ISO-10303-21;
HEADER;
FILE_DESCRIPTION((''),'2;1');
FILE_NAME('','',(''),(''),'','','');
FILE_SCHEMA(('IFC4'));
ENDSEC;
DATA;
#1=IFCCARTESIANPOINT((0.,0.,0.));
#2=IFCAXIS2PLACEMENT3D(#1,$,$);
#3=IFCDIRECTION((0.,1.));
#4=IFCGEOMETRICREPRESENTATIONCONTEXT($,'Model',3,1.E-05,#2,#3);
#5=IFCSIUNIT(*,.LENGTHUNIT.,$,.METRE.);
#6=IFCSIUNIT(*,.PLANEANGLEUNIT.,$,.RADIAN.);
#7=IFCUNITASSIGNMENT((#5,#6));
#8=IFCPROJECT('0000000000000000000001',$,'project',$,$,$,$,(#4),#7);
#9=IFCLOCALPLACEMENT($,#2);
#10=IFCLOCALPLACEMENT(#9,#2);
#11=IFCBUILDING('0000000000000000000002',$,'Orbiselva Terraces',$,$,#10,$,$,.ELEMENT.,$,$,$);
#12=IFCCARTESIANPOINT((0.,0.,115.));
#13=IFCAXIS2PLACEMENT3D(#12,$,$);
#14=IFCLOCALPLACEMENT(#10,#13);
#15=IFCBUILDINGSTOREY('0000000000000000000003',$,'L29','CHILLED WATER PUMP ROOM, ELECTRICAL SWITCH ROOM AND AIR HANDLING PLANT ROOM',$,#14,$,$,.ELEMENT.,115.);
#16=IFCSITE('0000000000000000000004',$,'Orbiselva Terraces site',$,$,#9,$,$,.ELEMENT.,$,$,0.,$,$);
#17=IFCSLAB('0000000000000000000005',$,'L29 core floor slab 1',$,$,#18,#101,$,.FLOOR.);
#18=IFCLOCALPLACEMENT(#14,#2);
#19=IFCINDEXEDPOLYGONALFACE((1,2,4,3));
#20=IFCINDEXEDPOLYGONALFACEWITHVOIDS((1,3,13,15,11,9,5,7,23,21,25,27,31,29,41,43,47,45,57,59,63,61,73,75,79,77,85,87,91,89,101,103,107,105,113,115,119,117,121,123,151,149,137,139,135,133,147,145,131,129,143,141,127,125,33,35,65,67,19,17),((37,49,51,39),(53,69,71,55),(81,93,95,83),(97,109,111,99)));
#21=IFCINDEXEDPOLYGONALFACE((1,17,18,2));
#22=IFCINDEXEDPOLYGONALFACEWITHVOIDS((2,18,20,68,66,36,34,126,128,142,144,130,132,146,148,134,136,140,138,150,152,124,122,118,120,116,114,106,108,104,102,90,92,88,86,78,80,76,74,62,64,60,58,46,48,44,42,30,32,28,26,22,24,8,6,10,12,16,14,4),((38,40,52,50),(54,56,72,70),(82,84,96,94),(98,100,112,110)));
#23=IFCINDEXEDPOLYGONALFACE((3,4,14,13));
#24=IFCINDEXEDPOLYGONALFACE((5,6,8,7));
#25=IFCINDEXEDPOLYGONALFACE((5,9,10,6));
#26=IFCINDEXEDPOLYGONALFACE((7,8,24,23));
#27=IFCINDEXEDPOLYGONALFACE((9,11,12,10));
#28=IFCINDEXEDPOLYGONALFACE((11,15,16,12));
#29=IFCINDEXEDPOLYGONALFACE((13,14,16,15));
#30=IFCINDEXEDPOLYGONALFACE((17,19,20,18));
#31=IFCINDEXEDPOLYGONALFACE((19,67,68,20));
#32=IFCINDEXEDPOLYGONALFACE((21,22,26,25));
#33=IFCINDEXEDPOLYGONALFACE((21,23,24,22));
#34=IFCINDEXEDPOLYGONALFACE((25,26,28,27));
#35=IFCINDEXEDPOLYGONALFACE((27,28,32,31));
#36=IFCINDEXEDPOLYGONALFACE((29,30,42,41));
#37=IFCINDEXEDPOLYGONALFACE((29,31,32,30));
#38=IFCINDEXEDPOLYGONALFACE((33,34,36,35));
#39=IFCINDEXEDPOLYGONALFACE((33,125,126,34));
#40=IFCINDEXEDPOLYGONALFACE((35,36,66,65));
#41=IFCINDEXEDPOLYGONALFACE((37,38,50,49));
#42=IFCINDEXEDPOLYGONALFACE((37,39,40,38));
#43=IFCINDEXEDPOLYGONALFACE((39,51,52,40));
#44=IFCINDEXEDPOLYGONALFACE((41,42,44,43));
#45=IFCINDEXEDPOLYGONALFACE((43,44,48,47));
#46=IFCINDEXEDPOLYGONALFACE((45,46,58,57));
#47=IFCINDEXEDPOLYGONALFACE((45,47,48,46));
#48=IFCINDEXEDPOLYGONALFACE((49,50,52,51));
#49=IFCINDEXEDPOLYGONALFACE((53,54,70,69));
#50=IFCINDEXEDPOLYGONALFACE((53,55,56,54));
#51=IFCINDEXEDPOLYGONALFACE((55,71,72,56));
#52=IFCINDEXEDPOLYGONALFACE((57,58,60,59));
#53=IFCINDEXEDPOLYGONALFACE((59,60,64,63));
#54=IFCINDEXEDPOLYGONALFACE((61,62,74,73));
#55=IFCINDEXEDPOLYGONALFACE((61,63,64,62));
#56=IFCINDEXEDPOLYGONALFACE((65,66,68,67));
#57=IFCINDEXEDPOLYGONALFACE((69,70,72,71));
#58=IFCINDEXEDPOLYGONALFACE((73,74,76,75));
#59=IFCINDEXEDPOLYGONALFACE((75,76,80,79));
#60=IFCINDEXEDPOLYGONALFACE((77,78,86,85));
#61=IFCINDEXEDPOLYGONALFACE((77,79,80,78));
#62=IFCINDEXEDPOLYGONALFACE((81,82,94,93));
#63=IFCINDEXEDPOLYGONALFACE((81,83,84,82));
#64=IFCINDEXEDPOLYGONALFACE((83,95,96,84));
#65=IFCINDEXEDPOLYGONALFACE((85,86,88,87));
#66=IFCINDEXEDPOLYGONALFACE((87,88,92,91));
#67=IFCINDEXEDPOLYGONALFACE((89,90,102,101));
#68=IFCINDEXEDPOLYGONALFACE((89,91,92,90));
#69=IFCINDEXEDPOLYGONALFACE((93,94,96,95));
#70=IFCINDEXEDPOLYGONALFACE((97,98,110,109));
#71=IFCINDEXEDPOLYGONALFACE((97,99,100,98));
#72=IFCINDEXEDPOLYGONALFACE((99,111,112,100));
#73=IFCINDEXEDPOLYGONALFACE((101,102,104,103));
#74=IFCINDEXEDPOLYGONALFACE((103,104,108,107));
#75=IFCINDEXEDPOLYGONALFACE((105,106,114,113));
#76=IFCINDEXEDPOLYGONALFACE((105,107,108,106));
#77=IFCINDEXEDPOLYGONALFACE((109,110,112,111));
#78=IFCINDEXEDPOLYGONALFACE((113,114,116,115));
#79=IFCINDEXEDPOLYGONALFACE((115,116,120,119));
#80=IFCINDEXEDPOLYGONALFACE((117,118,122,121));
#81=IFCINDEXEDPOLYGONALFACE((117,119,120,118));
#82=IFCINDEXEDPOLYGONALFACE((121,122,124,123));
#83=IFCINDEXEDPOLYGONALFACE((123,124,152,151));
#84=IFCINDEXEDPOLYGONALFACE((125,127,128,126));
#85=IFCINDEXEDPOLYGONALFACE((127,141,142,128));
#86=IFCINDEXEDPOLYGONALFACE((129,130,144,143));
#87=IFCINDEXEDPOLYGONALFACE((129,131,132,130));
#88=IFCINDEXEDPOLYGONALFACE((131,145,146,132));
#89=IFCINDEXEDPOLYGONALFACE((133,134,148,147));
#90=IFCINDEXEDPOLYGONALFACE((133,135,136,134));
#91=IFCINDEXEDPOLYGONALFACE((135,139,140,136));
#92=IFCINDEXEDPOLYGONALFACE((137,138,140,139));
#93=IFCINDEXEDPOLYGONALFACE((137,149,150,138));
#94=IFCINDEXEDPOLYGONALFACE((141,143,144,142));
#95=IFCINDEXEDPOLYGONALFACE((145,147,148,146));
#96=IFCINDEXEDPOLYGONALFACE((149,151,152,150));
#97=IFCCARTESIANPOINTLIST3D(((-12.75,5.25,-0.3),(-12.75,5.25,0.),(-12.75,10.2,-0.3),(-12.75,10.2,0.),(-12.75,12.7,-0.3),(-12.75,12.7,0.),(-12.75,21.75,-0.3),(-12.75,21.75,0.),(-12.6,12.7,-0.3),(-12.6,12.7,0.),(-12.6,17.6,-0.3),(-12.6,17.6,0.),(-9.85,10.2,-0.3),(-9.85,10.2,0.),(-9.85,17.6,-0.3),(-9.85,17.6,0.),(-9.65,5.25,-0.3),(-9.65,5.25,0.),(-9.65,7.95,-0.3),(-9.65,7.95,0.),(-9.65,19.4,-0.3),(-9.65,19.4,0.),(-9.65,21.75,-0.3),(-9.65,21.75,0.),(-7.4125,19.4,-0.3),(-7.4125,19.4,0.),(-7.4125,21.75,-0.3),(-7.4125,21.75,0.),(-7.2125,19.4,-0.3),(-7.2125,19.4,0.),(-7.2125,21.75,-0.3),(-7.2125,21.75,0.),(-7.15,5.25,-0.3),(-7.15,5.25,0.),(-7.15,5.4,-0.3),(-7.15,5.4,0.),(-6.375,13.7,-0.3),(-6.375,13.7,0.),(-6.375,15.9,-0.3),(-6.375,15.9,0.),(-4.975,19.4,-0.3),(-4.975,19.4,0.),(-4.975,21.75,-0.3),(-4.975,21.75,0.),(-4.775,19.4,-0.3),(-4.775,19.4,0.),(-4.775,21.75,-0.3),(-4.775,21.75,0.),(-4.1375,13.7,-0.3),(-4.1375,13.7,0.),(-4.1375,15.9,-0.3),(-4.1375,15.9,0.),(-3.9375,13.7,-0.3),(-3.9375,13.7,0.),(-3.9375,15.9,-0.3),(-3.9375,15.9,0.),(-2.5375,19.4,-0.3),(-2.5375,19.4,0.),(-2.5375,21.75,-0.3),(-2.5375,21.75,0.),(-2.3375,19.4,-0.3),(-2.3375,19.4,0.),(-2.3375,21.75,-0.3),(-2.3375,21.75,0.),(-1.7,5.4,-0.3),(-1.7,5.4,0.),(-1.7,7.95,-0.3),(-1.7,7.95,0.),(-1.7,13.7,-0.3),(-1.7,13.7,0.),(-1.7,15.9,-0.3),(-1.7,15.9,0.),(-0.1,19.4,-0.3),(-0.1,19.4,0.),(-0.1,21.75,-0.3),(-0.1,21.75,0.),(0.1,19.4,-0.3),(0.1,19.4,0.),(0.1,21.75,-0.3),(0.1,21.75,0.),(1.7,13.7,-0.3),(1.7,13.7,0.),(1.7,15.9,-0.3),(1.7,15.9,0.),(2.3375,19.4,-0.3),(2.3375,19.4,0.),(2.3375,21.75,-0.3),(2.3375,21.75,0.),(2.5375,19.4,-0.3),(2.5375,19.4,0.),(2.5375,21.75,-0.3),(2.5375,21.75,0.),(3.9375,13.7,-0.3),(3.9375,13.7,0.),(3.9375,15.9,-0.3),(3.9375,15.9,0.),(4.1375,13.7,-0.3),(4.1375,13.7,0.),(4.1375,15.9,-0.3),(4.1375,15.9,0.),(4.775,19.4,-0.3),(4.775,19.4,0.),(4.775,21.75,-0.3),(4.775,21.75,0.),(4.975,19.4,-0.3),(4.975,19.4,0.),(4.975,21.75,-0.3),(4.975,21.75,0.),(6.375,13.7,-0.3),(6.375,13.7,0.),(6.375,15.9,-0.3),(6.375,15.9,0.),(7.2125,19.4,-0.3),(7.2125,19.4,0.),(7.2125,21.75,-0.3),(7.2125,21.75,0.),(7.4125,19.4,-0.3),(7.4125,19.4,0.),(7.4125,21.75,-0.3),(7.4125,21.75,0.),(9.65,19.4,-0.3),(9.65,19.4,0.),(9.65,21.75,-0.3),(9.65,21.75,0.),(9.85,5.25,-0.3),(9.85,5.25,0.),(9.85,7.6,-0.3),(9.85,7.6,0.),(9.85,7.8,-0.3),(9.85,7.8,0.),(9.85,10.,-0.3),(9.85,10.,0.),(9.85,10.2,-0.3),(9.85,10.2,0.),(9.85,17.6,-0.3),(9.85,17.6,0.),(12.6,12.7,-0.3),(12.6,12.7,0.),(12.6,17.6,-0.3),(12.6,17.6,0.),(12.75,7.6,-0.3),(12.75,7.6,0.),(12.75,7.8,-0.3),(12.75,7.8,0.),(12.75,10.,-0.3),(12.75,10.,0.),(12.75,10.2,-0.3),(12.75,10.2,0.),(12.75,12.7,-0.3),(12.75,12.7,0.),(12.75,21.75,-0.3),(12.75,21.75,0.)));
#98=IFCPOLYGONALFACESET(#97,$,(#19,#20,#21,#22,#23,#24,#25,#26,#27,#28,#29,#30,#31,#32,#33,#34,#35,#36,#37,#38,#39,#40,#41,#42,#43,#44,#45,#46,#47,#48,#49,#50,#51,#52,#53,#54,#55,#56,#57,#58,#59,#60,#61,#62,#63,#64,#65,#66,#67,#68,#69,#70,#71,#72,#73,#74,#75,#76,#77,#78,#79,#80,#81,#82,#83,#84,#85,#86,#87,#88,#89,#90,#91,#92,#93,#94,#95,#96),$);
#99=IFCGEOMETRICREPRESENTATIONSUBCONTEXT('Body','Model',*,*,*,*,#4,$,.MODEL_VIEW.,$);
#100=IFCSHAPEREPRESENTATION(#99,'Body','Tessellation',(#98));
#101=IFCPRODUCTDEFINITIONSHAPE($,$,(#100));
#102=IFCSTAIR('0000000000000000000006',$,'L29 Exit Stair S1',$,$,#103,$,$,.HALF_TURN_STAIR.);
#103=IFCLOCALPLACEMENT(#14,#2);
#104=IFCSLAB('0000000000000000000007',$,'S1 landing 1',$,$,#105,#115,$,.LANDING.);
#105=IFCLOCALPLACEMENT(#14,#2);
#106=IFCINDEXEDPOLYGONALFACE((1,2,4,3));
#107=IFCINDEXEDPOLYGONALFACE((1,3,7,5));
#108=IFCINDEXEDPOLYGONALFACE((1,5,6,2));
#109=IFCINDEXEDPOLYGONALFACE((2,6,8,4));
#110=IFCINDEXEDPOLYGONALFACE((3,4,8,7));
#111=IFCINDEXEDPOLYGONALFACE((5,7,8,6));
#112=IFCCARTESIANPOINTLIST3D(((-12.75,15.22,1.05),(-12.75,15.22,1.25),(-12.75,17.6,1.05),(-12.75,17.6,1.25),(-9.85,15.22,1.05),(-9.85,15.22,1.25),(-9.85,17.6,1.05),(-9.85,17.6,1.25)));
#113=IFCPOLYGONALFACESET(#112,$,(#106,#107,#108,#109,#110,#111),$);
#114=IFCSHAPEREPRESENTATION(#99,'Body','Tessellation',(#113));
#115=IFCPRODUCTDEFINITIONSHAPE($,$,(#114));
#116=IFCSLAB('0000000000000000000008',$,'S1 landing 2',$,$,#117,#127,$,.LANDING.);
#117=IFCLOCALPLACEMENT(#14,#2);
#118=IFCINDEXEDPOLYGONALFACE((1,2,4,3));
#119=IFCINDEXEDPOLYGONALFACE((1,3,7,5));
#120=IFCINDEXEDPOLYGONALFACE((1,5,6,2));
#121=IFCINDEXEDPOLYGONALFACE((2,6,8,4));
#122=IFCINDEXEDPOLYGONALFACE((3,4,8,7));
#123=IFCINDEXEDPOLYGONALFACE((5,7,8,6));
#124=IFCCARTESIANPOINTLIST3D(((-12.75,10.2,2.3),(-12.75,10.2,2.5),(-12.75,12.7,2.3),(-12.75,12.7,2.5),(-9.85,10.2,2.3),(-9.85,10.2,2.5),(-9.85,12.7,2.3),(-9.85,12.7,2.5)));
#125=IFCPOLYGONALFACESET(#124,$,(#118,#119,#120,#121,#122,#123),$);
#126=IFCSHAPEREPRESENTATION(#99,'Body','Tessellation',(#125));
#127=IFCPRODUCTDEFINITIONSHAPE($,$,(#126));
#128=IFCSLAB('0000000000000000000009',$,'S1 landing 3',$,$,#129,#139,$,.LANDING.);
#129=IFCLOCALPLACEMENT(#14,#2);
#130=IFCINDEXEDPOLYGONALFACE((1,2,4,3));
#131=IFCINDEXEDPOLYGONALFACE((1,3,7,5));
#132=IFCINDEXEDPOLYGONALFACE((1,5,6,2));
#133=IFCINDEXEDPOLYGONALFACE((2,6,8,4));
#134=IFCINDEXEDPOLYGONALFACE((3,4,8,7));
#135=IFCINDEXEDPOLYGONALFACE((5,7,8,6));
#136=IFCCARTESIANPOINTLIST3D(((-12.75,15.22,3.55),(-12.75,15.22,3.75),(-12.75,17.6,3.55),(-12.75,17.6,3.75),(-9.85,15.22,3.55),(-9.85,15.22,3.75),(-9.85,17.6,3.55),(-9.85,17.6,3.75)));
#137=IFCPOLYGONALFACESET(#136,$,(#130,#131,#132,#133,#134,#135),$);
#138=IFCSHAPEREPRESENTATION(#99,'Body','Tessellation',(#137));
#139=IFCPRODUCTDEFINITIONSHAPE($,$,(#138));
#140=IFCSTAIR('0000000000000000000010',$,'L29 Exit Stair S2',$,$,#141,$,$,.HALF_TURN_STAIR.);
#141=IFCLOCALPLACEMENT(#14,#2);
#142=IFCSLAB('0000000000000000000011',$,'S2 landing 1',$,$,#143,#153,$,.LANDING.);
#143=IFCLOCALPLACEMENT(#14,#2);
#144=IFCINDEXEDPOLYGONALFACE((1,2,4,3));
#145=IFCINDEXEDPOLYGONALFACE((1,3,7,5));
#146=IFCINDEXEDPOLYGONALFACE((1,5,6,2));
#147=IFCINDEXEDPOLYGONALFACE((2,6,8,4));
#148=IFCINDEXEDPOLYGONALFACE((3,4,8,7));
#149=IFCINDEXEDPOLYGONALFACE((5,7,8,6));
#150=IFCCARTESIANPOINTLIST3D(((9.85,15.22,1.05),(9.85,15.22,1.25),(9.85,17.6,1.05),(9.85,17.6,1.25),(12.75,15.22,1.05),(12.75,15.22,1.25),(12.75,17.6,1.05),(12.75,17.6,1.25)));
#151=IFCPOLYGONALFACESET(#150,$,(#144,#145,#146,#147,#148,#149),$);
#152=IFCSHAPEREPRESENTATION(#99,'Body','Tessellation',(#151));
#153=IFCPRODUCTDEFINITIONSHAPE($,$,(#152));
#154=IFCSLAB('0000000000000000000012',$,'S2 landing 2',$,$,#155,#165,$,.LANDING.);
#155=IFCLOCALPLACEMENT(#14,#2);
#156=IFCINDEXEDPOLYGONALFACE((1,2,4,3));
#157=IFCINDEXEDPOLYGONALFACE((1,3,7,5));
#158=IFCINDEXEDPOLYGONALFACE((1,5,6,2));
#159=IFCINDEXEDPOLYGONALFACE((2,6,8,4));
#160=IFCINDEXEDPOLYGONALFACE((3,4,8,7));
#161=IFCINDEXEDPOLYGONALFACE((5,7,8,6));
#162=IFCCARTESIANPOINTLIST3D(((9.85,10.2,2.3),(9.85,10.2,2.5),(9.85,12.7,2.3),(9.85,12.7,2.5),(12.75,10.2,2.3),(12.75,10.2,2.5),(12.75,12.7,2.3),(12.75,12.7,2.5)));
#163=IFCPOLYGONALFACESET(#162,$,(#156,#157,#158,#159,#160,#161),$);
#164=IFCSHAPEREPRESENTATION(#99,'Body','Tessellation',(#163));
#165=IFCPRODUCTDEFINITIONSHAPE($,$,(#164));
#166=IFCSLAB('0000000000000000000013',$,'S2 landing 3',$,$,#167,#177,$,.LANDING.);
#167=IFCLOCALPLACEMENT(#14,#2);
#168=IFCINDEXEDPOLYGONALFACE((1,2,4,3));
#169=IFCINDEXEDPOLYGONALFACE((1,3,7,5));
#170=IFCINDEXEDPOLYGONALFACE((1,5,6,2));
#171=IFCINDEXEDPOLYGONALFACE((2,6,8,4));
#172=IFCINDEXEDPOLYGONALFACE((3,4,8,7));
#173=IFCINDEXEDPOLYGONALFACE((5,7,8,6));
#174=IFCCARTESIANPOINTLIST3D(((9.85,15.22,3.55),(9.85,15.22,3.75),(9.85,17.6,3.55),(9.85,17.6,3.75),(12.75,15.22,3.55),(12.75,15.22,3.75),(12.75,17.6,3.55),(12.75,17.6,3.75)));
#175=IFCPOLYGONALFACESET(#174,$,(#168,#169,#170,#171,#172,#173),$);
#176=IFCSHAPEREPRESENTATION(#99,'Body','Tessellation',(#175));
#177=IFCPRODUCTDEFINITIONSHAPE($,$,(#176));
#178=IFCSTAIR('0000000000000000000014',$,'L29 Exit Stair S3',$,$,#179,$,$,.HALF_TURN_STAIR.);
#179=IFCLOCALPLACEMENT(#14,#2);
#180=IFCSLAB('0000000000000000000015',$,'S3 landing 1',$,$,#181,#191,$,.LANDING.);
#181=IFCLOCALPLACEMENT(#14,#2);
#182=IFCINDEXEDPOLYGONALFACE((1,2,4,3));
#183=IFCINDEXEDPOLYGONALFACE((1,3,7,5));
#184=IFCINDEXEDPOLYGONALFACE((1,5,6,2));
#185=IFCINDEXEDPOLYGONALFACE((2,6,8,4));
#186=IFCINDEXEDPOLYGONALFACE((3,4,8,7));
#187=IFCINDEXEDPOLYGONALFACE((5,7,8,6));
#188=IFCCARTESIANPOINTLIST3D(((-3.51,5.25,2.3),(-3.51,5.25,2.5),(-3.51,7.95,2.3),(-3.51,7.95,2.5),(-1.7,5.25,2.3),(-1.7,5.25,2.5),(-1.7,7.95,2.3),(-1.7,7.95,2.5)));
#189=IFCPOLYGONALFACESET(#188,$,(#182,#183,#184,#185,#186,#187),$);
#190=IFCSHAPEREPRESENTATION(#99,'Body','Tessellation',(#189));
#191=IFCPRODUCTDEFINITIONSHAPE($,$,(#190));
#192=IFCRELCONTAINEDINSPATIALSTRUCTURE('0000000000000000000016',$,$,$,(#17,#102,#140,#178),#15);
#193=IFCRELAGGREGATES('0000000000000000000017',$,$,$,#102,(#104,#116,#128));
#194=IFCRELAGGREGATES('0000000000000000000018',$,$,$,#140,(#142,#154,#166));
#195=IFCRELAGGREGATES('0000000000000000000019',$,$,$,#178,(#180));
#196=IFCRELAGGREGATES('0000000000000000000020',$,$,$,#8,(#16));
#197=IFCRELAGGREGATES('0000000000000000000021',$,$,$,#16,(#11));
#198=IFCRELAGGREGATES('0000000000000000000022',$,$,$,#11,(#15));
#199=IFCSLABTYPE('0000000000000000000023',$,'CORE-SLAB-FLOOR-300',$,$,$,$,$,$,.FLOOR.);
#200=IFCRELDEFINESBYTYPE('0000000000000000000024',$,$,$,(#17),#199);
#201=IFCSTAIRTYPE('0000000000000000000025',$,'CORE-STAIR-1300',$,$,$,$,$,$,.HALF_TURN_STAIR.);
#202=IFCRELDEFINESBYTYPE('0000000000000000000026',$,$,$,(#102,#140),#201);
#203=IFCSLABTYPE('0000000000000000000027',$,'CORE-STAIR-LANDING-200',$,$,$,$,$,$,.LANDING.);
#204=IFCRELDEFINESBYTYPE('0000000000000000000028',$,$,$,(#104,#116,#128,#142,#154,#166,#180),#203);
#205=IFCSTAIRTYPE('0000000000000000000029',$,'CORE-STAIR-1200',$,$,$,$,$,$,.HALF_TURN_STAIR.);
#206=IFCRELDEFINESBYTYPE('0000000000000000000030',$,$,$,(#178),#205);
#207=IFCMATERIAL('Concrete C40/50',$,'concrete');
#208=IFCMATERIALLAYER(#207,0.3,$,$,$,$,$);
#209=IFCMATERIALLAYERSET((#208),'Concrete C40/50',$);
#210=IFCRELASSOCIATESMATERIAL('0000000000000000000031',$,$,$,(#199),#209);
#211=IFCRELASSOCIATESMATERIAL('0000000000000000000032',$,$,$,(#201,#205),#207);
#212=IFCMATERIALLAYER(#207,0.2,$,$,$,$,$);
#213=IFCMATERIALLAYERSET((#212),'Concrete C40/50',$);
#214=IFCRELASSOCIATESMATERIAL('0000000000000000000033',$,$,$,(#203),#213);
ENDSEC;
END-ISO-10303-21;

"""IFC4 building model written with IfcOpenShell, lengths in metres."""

from ifc_helpers import new_model, si_unit, direction, frame, origin, place, context, subcontext, project, spatial, polyline, outline, extrude, material, layer, layer_set, type_object, element, aggregate, save


model = new_model("IFC4")

# Units and contexts
model_context = context("Model", 3, precision=1e-05, world=origin(), true_north=direction((0.0, 1.0)))
body_context = subcontext(model_context, "Body", "Model", "MODEL_VIEW")
ifc_project = project(units=[si_unit("LENGTHUNIT", "METRE"), si_unit("PLANEANGLEUNIT", "RADIAN")], contexts=[model_context])

# Site, building, storey
site_placement = place(None, origin())
site = spatial("IfcSite", under=ifc_project, at=site_placement, Name="Orbiselva Terraces site", CompositionType="ELEMENT", RefElevation=0.0)
building_placement = place(site_placement, origin())
building = spatial("IfcBuilding", under=site, at=building_placement, Name="Orbiselva Terraces", CompositionType="ELEMENT")
storey_placement = place(building_placement, frame((0.0, 0.0, 115.0)))
storey = spatial("IfcBuildingStorey", under=building, at=storey_placement, Name="L29", Description="CHILLED WATER PUMP ROOM, ELECTRICAL SWITCH ROOM AND AIR HANDLING PLANT ROOM", CompositionType="ELEMENT", Elevation=115.0)

# Slab
ifc_material_1 = material(Name="Concrete C40/50", Category="concrete")
ifc_layer_1 = layer(ifc_material_1, 0.3)
ifc_layer_set_1 = layer_set([ifc_layer_1], Name="Concrete C40/50")
slab_type_1 = type_object("IfcSlabType", Name="CORE-SLAB-FLOOR-300", PredefinedType="FLOOR", material=ifc_layer_set_1)
slab_1_placement = place(storey_placement, frame((0.0, 0.0, -0.3)))
element("IfcSlab", 1, at=slab_1_placement, inside=storey, type_object=slab_type_1, Name="L29 core floor slab 1", PredefinedType="FLOOR", context=body_context, shape_type="SweptSolid", body=[
    extrude(outline(polyline([(-7.15, 5.25), (-7.15, 5.4), (-1.7, 5.4), (-1.7, 7.95), (-9.65, 7.95), (-9.65, 5.25), (-12.75, 5.25), (-12.75, 10.2), (-9.85, 10.2), (-9.85, 17.6), (-12.6, 17.6), (-12.6, 12.7), (-12.75, 12.7), (-12.75, 21.75), (-9.65, 21.75), (-9.65, 19.4), (-7.4125, 19.4), (-7.4125, 21.75), (-7.2125, 21.75), (-7.2125, 19.4), (-4.975, 19.4), (-4.975, 21.75), (-4.775, 21.75), (-4.775, 19.4), (-2.5375, 19.4), (-2.5375, 21.75), (-2.3375, 21.75), (-2.3375, 19.4), (-0.1, 19.4), (-0.1, 21.75), (0.1, 21.75), (0.1, 19.4), (2.3375, 19.4), (2.3375, 21.75), (2.5375, 21.75), (2.5375, 19.4), (4.775, 19.4), (4.775, 21.75), (4.975, 21.75), (4.975, 19.4), (7.2125, 19.4), (7.2125, 21.75), (7.4125, 21.75), (7.4125, 19.4), (9.65, 19.4), (9.65, 21.75), (12.75, 21.75), (12.75, 12.7), (12.6, 12.7), (12.6, 17.6), (9.85, 17.6), (9.85, 10.2), (12.75, 10.2), (12.75, 10.0), (9.85, 10.0), (9.85, 7.8), (12.75, 7.8), (12.75, 7.6), (9.85, 7.6), (9.85, 5.25), (-7.15, 5.25)]), holes=[polyline([(-4.1375, 13.7), (-4.1375, 15.9), (-6.375, 15.9), (-6.375, 13.7), (-4.1375, 13.7)]), polyline([(-1.7, 13.7), (-1.7, 15.9), (-3.9375, 15.9), (-3.9375, 13.7), (-1.7, 13.7)]), polyline([(3.9375, 13.7), (3.9375, 15.9), (1.7, 15.9), (1.7, 13.7), (3.9375, 13.7)]), polyline([(6.375, 13.7), (6.375, 15.9), (4.1375, 15.9), (4.1375, 13.7), (6.375, 13.7)])]), origin(), (0.0, 0.0, 1.0), 0.3),
])

# Stairs, slabs
stair_type_1 = type_object("IfcStairType", Name="CORE-STAIR-1300", PredefinedType="HALF_TURN_STAIR", material=ifc_material_1)
stair_1_placement = place(storey_placement, origin())
stair_1 = element("IfcStair", 2, at=stair_1_placement, inside=storey, type_object=stair_type_1, Name="L29 Exit Stair S1", PredefinedType="HALF_TURN_STAIR")
ifc_layer_2 = layer(ifc_material_1, 0.2)
ifc_layer_set_2 = layer_set([ifc_layer_2], Name="Concrete C40/50")
slab_type_2 = type_object("IfcSlabType", Name="CORE-STAIR-LANDING-200", PredefinedType="LANDING", material=ifc_layer_set_2)
slab_2_placement = place(storey_placement, frame((0.0, 0.0, 1.05)))
slab_2 = element("IfcSlab", 3, at=slab_2_placement, type_object=slab_type_2, Name="S1 landing 1", PredefinedType="LANDING", context=body_context, shape_type="SweptSolid", body=[
    extrude(outline(polyline([(-9.85, 15.22), (-9.85, 17.6), (-12.75, 17.6), (-12.75, 15.22), (-9.85, 15.22)])), origin(), (0.0, 0.0, 1.0), 0.2),
])
slab_3_placement = place(storey_placement, frame((0.0, 0.0, 2.3)))
slab_3 = element("IfcSlab", 4, at=slab_3_placement, type_object=slab_type_2, Name="S1 landing 2", PredefinedType="LANDING", context=body_context, shape_type="SweptSolid", body=[
    extrude(outline(polyline([(-9.85, 10.2), (-9.85, 12.7), (-12.75, 12.7), (-12.75, 10.2), (-9.85, 10.2)])), origin(), (0.0, 0.0, 1.0), 0.2),
])
slab_4_placement = place(storey_placement, frame((0.0, 0.0, 3.55)))
slab_4 = element("IfcSlab", 5, at=slab_4_placement, type_object=slab_type_2, Name="S1 landing 3", PredefinedType="LANDING", context=body_context, shape_type="SweptSolid", body=[
    extrude(outline(polyline([(-9.85, 15.22), (-9.85, 17.6), (-12.75, 17.6), (-12.75, 15.22), (-9.85, 15.22)])), origin(), (0.0, 0.0, 1.0), 0.2),
])
aggregate(stair_1, [slab_2, slab_3, slab_4])
stair_2_placement = place(storey_placement, origin())
stair_2 = element("IfcStair", 6, at=stair_2_placement, inside=storey, type_object=stair_type_1, Name="L29 Exit Stair S2", PredefinedType="HALF_TURN_STAIR")
slab_5_placement = place(storey_placement, frame((0.0, 0.0, 1.05)))
slab_5 = element("IfcSlab", 7, at=slab_5_placement, type_object=slab_type_2, Name="S2 landing 1", PredefinedType="LANDING", context=body_context, shape_type="SweptSolid", body=[
    extrude(outline(polyline([(12.75, 15.22), (12.75, 17.6), (9.85, 17.6), (9.85, 15.22), (12.75, 15.22)])), origin(), (0.0, 0.0, 1.0), 0.2),
])
slab_6_placement = place(storey_placement, frame((0.0, 0.0, 2.3)))
slab_6 = element("IfcSlab", 8, at=slab_6_placement, type_object=slab_type_2, Name="S2 landing 2", PredefinedType="LANDING", context=body_context, shape_type="SweptSolid", body=[
    extrude(outline(polyline([(12.75, 10.2), (12.75, 12.7), (9.85, 12.7), (9.85, 10.2), (12.75, 10.2)])), origin(), (0.0, 0.0, 1.0), 0.2),
])
slab_7_placement = place(storey_placement, frame((0.0, 0.0, 3.55)))
slab_7 = element("IfcSlab", 9, at=slab_7_placement, type_object=slab_type_2, Name="S2 landing 3", PredefinedType="LANDING", context=body_context, shape_type="SweptSolid", body=[
    extrude(outline(polyline([(12.75, 15.22), (12.75, 17.6), (9.85, 17.6), (9.85, 15.22), (12.75, 15.22)])), origin(), (0.0, 0.0, 1.0), 0.2),
])
aggregate(stair_2, [slab_5, slab_6, slab_7])

# Stair, slab
stair_type_2 = type_object("IfcStairType", Name="CORE-STAIR-1200", PredefinedType="HALF_TURN_STAIR", material=ifc_material_1)
stair_3_placement = place(storey_placement, origin())
stair_3 = element("IfcStair", 10, at=stair_3_placement, inside=storey, type_object=stair_type_2, Name="L29 Exit Stair S3", PredefinedType="HALF_TURN_STAIR")
slab_8_placement = place(storey_placement, frame((0.0, 0.0, 2.3)))
slab_8 = element("IfcSlab", 11, at=slab_8_placement, type_object=slab_type_2, Name="S3 landing 1", PredefinedType="LANDING", context=body_context, shape_type="SweptSolid", body=[
    extrude(outline(polyline([(-3.51, 5.25), (-1.7, 5.25), (-1.7, 7.95), (-3.51, 7.95), (-3.51, 5.25)])), origin(), (0.0, 0.0, 1.0), 0.2),
])
aggregate(stair_3, [slab_8])

save(model, "model.ifc")
